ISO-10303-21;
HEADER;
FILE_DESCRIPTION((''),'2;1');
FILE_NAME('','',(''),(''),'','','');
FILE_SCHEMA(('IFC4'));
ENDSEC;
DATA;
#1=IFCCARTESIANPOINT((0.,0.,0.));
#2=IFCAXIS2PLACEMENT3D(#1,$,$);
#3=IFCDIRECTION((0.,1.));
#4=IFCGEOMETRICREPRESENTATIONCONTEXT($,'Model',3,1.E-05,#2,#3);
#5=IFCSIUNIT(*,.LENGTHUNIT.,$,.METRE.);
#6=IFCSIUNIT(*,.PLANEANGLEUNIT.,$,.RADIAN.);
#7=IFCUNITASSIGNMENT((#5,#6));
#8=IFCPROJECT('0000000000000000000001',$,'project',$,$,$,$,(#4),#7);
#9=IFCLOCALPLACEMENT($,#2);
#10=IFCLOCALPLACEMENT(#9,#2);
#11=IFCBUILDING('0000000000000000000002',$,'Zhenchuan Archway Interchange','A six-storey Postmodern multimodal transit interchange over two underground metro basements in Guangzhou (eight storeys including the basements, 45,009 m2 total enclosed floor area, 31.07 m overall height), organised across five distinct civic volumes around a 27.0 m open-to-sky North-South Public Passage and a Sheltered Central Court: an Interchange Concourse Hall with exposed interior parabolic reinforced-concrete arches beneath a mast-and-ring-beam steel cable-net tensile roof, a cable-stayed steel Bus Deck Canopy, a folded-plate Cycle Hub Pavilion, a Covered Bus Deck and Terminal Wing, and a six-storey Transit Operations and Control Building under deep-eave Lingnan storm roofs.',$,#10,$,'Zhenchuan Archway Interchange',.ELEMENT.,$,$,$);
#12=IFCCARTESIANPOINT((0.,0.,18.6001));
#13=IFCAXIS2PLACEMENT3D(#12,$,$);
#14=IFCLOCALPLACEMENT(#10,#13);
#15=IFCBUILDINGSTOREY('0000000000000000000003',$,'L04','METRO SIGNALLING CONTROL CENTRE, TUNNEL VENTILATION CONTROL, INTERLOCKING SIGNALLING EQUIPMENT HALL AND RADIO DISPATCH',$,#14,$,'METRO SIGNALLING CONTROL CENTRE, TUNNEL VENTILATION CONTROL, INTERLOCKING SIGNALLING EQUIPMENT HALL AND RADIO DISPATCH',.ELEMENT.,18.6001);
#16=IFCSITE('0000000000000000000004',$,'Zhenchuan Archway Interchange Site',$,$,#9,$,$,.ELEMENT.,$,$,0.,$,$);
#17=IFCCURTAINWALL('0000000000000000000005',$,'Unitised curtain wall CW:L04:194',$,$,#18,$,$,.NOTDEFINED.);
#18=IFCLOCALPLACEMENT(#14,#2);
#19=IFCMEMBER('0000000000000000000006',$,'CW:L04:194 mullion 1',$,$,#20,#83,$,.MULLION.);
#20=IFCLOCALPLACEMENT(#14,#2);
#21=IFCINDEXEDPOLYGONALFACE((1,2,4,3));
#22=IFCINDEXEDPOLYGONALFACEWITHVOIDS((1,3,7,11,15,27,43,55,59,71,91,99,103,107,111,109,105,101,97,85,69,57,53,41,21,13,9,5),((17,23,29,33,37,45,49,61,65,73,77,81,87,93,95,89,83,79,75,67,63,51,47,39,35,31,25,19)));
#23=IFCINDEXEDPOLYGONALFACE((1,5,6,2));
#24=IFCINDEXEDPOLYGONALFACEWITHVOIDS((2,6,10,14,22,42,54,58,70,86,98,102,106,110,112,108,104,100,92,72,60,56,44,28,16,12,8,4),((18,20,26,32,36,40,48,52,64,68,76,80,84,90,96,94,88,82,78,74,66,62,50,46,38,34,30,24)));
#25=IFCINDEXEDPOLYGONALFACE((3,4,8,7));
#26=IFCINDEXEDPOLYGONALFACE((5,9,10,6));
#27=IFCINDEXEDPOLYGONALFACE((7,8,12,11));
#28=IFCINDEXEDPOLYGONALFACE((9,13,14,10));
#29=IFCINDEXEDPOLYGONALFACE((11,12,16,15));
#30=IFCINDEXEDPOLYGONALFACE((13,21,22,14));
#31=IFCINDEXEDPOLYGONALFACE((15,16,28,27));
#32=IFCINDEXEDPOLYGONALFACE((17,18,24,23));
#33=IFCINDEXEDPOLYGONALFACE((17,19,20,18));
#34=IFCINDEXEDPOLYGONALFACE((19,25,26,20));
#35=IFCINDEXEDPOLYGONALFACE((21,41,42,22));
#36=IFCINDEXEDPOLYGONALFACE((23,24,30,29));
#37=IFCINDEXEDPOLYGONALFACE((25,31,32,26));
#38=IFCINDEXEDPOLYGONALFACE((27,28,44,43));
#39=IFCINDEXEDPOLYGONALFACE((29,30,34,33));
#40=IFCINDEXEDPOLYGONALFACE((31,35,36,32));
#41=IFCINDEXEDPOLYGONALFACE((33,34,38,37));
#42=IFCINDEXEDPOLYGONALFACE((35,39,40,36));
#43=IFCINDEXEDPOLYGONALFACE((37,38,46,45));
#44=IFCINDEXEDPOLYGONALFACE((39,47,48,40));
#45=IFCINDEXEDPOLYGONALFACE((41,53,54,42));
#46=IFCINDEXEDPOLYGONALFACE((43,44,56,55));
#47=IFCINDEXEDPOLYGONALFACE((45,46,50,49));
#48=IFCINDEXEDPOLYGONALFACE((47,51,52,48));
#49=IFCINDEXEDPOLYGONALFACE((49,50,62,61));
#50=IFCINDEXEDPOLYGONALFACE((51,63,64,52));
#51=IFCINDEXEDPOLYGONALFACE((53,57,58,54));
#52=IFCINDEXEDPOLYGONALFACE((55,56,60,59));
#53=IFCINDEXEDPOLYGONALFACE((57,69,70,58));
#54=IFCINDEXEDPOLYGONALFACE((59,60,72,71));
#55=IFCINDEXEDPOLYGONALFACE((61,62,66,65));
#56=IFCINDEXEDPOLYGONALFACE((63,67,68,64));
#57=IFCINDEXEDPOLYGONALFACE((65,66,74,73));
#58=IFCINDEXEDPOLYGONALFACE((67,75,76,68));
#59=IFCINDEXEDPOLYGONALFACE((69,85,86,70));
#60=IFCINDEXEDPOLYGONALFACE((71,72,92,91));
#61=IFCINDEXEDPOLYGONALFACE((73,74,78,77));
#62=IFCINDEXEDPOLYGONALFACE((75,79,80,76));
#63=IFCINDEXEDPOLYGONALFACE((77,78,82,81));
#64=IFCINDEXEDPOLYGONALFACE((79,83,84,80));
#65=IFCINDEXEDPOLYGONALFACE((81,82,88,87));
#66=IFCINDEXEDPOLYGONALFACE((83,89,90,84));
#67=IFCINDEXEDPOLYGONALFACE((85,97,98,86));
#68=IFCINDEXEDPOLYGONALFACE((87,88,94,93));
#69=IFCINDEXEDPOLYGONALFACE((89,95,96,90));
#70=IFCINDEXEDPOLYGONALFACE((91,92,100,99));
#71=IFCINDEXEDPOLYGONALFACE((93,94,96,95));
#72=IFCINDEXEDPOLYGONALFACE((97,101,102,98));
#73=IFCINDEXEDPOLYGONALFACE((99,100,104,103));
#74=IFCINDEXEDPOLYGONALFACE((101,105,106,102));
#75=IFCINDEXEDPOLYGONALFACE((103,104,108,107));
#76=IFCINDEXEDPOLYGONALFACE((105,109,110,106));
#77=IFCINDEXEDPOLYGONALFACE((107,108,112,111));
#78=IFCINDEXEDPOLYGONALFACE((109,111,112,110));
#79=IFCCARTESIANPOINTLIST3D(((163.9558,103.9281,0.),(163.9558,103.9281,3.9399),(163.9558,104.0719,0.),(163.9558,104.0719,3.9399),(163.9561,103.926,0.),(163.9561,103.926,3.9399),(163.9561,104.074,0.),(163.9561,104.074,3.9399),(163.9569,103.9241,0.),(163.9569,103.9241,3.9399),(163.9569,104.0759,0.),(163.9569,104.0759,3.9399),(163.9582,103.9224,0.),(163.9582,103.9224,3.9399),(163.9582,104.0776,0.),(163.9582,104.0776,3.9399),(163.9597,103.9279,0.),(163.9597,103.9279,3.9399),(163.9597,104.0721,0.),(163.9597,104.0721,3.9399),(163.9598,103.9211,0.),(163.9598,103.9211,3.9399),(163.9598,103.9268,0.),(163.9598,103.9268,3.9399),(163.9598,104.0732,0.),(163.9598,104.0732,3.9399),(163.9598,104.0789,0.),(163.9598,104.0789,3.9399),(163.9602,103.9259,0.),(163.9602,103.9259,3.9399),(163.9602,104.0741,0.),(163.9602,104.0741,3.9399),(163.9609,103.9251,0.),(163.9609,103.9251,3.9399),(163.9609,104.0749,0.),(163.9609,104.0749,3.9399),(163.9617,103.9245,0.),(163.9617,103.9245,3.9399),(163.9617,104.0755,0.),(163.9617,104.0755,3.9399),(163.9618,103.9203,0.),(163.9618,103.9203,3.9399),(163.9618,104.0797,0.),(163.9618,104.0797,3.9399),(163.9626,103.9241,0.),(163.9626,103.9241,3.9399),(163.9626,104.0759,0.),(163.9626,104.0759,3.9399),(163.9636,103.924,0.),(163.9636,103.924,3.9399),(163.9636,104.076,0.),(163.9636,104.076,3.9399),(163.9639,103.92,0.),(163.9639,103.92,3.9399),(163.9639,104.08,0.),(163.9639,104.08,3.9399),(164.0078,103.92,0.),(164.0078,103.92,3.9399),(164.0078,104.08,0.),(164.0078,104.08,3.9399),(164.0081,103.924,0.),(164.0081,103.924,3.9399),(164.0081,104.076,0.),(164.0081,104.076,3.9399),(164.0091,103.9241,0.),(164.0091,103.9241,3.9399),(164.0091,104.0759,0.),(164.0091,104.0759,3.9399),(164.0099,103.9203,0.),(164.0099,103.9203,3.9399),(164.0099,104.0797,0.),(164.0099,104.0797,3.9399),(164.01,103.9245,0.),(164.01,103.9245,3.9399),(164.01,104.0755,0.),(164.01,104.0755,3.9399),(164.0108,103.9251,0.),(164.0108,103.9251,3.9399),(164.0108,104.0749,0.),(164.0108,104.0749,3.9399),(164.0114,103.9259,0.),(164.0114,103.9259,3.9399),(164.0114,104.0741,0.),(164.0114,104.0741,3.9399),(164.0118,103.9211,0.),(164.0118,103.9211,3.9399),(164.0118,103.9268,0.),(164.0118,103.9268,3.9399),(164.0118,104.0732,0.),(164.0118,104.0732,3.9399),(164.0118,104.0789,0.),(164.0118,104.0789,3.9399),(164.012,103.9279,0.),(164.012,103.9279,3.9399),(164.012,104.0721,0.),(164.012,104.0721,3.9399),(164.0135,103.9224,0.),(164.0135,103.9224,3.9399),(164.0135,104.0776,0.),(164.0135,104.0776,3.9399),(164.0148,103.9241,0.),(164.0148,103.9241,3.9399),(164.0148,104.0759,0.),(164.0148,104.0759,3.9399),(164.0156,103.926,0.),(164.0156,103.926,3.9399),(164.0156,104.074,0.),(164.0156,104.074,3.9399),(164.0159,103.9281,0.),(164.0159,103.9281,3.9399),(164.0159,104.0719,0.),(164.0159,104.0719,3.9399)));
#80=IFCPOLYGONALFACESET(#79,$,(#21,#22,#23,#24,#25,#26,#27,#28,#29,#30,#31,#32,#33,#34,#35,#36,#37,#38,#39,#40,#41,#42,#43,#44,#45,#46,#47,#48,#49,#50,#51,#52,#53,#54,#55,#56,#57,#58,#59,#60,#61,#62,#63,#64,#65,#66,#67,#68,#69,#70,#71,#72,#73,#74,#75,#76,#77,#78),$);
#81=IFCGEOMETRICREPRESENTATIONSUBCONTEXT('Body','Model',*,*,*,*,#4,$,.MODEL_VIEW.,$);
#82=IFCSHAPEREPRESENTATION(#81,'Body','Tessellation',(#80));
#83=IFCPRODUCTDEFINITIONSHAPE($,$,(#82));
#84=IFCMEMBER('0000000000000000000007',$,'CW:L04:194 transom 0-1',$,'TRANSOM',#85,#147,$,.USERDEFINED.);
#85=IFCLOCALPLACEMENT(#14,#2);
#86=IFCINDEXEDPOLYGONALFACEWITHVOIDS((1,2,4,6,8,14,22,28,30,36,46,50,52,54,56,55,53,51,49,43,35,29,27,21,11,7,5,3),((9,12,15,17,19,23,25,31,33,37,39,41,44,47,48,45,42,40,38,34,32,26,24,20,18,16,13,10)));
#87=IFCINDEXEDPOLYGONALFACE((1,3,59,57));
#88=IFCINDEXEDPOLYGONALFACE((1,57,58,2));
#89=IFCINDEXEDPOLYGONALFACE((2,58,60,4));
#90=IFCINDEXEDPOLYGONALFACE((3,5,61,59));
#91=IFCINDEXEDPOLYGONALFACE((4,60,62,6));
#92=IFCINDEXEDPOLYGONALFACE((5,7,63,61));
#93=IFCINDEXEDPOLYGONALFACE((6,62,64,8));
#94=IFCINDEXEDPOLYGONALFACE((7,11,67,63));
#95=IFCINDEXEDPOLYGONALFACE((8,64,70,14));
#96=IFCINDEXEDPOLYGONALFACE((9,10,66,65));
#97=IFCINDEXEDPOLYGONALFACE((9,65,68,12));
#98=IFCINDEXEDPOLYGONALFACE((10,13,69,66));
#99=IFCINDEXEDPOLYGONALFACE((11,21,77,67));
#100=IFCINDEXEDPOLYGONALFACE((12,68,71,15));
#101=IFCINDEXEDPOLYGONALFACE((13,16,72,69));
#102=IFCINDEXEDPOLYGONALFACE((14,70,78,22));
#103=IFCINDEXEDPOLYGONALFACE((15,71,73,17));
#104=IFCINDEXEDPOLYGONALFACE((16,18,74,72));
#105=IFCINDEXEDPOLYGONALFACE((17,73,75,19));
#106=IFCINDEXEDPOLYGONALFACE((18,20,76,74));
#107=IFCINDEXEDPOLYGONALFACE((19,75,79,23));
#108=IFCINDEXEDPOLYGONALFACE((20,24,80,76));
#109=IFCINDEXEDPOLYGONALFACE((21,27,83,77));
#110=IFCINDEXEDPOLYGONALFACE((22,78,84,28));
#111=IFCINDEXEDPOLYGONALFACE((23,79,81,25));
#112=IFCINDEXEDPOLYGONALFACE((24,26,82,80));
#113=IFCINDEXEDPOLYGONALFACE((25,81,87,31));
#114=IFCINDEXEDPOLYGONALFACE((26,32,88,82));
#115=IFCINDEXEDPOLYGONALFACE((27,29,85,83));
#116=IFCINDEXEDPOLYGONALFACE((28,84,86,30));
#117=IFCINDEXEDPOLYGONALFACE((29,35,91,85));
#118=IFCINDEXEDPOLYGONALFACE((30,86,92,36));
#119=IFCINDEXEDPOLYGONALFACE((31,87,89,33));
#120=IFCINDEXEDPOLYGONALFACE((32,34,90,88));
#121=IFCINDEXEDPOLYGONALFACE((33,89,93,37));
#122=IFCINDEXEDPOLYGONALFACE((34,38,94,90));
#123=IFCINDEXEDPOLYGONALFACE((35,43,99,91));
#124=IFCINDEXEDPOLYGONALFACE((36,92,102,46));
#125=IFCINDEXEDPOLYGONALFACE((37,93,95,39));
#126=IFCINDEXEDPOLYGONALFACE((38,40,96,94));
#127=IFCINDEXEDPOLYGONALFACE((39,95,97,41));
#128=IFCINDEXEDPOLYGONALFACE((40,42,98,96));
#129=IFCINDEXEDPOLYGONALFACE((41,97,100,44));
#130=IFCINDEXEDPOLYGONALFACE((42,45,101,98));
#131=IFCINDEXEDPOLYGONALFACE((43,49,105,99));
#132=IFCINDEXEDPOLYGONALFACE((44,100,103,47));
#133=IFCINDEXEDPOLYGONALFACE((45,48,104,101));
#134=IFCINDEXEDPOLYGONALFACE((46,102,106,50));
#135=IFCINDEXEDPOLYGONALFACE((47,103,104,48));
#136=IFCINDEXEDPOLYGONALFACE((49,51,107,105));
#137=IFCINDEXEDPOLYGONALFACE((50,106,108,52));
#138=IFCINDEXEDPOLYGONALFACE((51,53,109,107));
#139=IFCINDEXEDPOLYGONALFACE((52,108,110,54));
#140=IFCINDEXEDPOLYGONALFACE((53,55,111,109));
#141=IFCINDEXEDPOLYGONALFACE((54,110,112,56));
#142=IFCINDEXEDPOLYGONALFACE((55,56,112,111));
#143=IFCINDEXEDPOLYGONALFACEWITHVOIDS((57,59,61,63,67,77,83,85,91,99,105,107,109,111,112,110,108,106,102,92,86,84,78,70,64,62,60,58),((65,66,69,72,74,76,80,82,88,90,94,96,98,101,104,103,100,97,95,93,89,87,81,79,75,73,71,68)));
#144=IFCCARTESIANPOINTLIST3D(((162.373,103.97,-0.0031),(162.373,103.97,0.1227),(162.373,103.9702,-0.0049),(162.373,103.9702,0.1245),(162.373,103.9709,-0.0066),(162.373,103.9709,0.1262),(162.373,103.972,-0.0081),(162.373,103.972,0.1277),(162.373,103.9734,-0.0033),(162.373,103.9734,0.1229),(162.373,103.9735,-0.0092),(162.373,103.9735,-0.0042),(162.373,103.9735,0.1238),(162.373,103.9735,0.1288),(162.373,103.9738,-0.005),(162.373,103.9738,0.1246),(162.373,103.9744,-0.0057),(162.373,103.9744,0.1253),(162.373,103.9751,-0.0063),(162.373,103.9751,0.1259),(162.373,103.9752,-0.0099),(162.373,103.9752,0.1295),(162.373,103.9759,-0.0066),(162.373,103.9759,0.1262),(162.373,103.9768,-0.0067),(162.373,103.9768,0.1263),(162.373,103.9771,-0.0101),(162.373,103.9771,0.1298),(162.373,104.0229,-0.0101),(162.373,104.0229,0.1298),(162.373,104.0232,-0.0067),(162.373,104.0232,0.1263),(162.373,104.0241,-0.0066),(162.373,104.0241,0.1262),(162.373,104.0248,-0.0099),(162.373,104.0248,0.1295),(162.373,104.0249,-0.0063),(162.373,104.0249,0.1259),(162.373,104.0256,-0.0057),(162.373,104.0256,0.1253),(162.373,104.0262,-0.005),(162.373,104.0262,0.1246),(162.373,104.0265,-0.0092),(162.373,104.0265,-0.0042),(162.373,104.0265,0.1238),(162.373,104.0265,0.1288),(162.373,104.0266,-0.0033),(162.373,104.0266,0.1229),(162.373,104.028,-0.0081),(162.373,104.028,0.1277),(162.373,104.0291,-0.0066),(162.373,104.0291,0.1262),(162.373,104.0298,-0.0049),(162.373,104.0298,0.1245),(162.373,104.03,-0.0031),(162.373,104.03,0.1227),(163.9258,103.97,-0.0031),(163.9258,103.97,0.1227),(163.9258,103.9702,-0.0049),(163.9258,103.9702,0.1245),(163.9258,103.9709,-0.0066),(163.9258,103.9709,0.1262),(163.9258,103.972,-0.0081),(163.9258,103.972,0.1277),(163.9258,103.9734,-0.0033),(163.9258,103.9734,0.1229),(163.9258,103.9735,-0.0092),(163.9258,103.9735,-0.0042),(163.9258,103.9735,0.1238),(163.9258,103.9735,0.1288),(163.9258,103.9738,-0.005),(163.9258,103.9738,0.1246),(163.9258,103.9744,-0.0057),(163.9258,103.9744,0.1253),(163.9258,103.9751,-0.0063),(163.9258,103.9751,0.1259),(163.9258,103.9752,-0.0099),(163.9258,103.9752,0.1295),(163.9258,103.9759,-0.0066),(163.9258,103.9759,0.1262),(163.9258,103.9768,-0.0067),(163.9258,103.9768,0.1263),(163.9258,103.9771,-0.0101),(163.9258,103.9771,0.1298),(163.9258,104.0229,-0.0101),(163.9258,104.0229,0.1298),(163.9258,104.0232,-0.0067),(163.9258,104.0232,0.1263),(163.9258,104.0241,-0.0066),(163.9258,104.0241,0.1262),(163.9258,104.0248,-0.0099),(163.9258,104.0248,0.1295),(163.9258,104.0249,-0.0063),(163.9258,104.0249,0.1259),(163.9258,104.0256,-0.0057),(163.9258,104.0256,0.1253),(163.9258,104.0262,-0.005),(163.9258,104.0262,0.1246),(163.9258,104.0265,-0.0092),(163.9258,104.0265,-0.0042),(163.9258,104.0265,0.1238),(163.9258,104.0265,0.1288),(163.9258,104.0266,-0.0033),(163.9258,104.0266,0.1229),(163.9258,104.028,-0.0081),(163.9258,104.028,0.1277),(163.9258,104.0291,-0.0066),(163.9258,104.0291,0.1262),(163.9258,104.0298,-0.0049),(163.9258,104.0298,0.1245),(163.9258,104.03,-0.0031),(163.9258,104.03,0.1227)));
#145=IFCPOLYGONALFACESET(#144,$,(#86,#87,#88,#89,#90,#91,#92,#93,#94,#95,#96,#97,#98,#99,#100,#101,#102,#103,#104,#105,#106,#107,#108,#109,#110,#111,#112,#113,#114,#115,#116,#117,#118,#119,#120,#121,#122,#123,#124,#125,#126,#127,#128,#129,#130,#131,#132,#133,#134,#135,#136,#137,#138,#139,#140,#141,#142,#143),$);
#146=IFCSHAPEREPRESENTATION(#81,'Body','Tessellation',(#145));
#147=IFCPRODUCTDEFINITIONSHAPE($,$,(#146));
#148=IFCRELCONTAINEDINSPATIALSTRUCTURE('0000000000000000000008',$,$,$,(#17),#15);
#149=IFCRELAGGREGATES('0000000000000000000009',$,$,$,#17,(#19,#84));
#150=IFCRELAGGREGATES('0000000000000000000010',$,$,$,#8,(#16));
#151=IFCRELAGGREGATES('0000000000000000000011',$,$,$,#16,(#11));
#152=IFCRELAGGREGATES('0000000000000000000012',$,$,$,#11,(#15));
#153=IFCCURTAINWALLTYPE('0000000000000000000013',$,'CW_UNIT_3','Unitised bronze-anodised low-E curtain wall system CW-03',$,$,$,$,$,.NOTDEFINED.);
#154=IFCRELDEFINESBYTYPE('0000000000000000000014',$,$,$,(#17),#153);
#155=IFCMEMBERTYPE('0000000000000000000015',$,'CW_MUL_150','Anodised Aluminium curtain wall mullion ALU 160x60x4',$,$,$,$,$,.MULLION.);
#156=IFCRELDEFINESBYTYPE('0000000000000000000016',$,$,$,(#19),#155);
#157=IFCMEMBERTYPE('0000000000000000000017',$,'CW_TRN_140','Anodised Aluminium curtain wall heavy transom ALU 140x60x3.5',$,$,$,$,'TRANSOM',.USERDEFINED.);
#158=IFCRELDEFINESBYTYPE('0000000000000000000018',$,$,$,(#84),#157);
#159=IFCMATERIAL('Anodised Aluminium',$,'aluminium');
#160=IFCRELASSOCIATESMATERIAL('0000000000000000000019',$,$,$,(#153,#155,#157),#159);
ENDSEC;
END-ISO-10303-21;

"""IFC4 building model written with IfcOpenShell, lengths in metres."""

from ifc_helpers import new_model, si_unit, direction, frame, origin, origin_2d, place, context, subcontext, project, spatial, hollow_rectangle, extrude, material, material_profile, profile_set, type_object, element, aggregate, save


model = new_model("IFC4")

# Units and contexts
model_context = context("Model", 3, precision=1e-05, world=origin(), true_north=direction((0.0, 1.0)))
body_context = subcontext(model_context, "Body", "Model", "MODEL_VIEW")
ifc_project = project(units=[si_unit("LENGTHUNIT", "METRE"), si_unit("PLANEANGLEUNIT", "RADIAN")], contexts=[model_context])

# Site, building, storey
site_placement = place(None, origin())
site = spatial("IfcSite", under=ifc_project, at=site_placement, Name="Zhenchuan Archway Interchange Site", CompositionType="ELEMENT", RefElevation=0.0)
building_placement = place(site_placement, origin())
building = spatial("IfcBuilding", under=site, at=building_placement, Name="Zhenchuan Archway Interchange", Description="A six-storey Postmodern multimodal transit interchange over two underground metro basements in Guangzhou (eight storeys including the basements, 45,009 m2 total enclosed floor area, 31.07 m overall height), organised across five distinct civic volumes around a 27.0 m open-to-sky North-South Public Passage and a Sheltered Central Court: an Interchange Concourse Hall with exposed interior parabolic reinforced-concrete arches beneath a mast-and-ring-beam steel cable-net tensile roof, a cable-stayed steel Bus Deck Canopy, a folded-plate Cycle Hub Pavilion, a Covered Bus Deck and Terminal Wing, and a six-storey Transit Operations and Control Building under deep-eave Lingnan storm roofs.", LongName="Zhenchuan Archway Interchange", CompositionType="ELEMENT")
storey_placement = place(building_placement, frame((0.0, 0.0, 18.6001)))
storey = spatial("IfcBuildingStorey", under=building, at=storey_placement, Name="L04", Description="METRO SIGNALLING CONTROL CENTRE, TUNNEL VENTILATION CONTROL, INTERLOCKING SIGNALLING EQUIPMENT HALL AND RADIO DISPATCH", LongName="METRO SIGNALLING CONTROL CENTRE, TUNNEL VENTILATION CONTROL, INTERLOCKING SIGNALLING EQUIPMENT HALL AND RADIO DISPATCH", CompositionType="ELEMENT", Elevation=18.6001)

# Curtain wall, members
ifc_material_1 = material(Name="Anodised Aluminium", Category="aluminium")
curtain_wall_type = type_object("IfcCurtainWallType", Name="CW_UNIT_3", Description="Unitised bronze-anodised low-E curtain wall system CW-03", PredefinedType="NOTDEFINED", material=ifc_material_1)
curtain_wall_placement = place(storey_placement, origin())
curtain_wall = element("IfcCurtainWall", 1, at=curtain_wall_placement, inside=storey, type_object=curtain_wall_type, Name="Unitised curtain wall CW:L04:194", PredefinedType="NOTDEFINED")
ifc_material_profile_1 = material_profile(ifc_material_1, hollow_rectangle(XDim=0.0601, YDim=0.1599, WallThickness=0.0039, InnerFilletRadius=0.0039, OuterFilletRadius=0.0081, at=origin_2d()), Name="ALU 160x60x4")
ifc_profile_set_1 = profile_set([ifc_material_profile_1], Name="Anodised Aluminium")
member_type_1 = type_object("IfcMemberType", Name="CW_MUL_150", Description="Anodised Aluminium curtain wall mullion ALU 160x60x4", PredefinedType="MULLION", material=ifc_profile_set_1)
member_1_placement = place(storey_placement, frame((163.9858, 104.0, 0.0), z_axis=(0.0, 0.0, 1.0), x_axis=(1.0, 0.0, 0.0)))
member_1 = element("IfcMember", 2, at=member_1_placement, type_object=member_type_1, Name="CW:L04:194 mullion 1", PredefinedType="MULLION", context=body_context, shape_type="SweptSolid", body=[
    extrude(hollow_rectangle(XDim=0.0601, YDim=0.1599, WallThickness=0.0039, InnerFilletRadius=0.0039, OuterFilletRadius=0.0081, at=origin_2d()), origin(), (0.0, 0.0, 1.0), 3.9399),
])
ifc_material_profile_2 = material_profile(ifc_material_1, hollow_rectangle(XDim=0.0601, YDim=0.1399, WallThickness=0.0034, InnerFilletRadius=0.0034, OuterFilletRadius=0.0071, at=origin_2d()), Name="ALU 140x60x3.5")
ifc_profile_set_2 = profile_set([ifc_material_profile_2], Name="Anodised Aluminium")
member_type_2 = type_object("IfcMemberType", Name="CW_TRN_140", Description="Anodised Aluminium curtain wall heavy transom ALU 140x60x3.5", ElementType="TRANSOM", PredefinedType="USERDEFINED", material=ifc_profile_set_2)
member_2_placement = place(storey_placement, frame((162.373, 104.0, 0.0598), z_axis=(1.0, 0.0, 0.0), x_axis=(0.0, 1.0, 0.0)))
member_2 = element("IfcMember", 3, at=member_2_placement, type_object=member_type_2, Name="CW:L04:194 transom 0-1", ObjectType="TRANSOM", PredefinedType="USERDEFINED", context=body_context, shape_type="SweptSolid", body=[
    extrude(hollow_rectangle(XDim=0.0601, YDim=0.1399, WallThickness=0.0034, InnerFilletRadius=0.0034, OuterFilletRadius=0.0071, at=origin_2d()), origin(), (0.0, 0.0, 1.0), 1.5527),
])

aggregate(curtain_wall, [member_1, member_2])

save(model, "model.ifc")
